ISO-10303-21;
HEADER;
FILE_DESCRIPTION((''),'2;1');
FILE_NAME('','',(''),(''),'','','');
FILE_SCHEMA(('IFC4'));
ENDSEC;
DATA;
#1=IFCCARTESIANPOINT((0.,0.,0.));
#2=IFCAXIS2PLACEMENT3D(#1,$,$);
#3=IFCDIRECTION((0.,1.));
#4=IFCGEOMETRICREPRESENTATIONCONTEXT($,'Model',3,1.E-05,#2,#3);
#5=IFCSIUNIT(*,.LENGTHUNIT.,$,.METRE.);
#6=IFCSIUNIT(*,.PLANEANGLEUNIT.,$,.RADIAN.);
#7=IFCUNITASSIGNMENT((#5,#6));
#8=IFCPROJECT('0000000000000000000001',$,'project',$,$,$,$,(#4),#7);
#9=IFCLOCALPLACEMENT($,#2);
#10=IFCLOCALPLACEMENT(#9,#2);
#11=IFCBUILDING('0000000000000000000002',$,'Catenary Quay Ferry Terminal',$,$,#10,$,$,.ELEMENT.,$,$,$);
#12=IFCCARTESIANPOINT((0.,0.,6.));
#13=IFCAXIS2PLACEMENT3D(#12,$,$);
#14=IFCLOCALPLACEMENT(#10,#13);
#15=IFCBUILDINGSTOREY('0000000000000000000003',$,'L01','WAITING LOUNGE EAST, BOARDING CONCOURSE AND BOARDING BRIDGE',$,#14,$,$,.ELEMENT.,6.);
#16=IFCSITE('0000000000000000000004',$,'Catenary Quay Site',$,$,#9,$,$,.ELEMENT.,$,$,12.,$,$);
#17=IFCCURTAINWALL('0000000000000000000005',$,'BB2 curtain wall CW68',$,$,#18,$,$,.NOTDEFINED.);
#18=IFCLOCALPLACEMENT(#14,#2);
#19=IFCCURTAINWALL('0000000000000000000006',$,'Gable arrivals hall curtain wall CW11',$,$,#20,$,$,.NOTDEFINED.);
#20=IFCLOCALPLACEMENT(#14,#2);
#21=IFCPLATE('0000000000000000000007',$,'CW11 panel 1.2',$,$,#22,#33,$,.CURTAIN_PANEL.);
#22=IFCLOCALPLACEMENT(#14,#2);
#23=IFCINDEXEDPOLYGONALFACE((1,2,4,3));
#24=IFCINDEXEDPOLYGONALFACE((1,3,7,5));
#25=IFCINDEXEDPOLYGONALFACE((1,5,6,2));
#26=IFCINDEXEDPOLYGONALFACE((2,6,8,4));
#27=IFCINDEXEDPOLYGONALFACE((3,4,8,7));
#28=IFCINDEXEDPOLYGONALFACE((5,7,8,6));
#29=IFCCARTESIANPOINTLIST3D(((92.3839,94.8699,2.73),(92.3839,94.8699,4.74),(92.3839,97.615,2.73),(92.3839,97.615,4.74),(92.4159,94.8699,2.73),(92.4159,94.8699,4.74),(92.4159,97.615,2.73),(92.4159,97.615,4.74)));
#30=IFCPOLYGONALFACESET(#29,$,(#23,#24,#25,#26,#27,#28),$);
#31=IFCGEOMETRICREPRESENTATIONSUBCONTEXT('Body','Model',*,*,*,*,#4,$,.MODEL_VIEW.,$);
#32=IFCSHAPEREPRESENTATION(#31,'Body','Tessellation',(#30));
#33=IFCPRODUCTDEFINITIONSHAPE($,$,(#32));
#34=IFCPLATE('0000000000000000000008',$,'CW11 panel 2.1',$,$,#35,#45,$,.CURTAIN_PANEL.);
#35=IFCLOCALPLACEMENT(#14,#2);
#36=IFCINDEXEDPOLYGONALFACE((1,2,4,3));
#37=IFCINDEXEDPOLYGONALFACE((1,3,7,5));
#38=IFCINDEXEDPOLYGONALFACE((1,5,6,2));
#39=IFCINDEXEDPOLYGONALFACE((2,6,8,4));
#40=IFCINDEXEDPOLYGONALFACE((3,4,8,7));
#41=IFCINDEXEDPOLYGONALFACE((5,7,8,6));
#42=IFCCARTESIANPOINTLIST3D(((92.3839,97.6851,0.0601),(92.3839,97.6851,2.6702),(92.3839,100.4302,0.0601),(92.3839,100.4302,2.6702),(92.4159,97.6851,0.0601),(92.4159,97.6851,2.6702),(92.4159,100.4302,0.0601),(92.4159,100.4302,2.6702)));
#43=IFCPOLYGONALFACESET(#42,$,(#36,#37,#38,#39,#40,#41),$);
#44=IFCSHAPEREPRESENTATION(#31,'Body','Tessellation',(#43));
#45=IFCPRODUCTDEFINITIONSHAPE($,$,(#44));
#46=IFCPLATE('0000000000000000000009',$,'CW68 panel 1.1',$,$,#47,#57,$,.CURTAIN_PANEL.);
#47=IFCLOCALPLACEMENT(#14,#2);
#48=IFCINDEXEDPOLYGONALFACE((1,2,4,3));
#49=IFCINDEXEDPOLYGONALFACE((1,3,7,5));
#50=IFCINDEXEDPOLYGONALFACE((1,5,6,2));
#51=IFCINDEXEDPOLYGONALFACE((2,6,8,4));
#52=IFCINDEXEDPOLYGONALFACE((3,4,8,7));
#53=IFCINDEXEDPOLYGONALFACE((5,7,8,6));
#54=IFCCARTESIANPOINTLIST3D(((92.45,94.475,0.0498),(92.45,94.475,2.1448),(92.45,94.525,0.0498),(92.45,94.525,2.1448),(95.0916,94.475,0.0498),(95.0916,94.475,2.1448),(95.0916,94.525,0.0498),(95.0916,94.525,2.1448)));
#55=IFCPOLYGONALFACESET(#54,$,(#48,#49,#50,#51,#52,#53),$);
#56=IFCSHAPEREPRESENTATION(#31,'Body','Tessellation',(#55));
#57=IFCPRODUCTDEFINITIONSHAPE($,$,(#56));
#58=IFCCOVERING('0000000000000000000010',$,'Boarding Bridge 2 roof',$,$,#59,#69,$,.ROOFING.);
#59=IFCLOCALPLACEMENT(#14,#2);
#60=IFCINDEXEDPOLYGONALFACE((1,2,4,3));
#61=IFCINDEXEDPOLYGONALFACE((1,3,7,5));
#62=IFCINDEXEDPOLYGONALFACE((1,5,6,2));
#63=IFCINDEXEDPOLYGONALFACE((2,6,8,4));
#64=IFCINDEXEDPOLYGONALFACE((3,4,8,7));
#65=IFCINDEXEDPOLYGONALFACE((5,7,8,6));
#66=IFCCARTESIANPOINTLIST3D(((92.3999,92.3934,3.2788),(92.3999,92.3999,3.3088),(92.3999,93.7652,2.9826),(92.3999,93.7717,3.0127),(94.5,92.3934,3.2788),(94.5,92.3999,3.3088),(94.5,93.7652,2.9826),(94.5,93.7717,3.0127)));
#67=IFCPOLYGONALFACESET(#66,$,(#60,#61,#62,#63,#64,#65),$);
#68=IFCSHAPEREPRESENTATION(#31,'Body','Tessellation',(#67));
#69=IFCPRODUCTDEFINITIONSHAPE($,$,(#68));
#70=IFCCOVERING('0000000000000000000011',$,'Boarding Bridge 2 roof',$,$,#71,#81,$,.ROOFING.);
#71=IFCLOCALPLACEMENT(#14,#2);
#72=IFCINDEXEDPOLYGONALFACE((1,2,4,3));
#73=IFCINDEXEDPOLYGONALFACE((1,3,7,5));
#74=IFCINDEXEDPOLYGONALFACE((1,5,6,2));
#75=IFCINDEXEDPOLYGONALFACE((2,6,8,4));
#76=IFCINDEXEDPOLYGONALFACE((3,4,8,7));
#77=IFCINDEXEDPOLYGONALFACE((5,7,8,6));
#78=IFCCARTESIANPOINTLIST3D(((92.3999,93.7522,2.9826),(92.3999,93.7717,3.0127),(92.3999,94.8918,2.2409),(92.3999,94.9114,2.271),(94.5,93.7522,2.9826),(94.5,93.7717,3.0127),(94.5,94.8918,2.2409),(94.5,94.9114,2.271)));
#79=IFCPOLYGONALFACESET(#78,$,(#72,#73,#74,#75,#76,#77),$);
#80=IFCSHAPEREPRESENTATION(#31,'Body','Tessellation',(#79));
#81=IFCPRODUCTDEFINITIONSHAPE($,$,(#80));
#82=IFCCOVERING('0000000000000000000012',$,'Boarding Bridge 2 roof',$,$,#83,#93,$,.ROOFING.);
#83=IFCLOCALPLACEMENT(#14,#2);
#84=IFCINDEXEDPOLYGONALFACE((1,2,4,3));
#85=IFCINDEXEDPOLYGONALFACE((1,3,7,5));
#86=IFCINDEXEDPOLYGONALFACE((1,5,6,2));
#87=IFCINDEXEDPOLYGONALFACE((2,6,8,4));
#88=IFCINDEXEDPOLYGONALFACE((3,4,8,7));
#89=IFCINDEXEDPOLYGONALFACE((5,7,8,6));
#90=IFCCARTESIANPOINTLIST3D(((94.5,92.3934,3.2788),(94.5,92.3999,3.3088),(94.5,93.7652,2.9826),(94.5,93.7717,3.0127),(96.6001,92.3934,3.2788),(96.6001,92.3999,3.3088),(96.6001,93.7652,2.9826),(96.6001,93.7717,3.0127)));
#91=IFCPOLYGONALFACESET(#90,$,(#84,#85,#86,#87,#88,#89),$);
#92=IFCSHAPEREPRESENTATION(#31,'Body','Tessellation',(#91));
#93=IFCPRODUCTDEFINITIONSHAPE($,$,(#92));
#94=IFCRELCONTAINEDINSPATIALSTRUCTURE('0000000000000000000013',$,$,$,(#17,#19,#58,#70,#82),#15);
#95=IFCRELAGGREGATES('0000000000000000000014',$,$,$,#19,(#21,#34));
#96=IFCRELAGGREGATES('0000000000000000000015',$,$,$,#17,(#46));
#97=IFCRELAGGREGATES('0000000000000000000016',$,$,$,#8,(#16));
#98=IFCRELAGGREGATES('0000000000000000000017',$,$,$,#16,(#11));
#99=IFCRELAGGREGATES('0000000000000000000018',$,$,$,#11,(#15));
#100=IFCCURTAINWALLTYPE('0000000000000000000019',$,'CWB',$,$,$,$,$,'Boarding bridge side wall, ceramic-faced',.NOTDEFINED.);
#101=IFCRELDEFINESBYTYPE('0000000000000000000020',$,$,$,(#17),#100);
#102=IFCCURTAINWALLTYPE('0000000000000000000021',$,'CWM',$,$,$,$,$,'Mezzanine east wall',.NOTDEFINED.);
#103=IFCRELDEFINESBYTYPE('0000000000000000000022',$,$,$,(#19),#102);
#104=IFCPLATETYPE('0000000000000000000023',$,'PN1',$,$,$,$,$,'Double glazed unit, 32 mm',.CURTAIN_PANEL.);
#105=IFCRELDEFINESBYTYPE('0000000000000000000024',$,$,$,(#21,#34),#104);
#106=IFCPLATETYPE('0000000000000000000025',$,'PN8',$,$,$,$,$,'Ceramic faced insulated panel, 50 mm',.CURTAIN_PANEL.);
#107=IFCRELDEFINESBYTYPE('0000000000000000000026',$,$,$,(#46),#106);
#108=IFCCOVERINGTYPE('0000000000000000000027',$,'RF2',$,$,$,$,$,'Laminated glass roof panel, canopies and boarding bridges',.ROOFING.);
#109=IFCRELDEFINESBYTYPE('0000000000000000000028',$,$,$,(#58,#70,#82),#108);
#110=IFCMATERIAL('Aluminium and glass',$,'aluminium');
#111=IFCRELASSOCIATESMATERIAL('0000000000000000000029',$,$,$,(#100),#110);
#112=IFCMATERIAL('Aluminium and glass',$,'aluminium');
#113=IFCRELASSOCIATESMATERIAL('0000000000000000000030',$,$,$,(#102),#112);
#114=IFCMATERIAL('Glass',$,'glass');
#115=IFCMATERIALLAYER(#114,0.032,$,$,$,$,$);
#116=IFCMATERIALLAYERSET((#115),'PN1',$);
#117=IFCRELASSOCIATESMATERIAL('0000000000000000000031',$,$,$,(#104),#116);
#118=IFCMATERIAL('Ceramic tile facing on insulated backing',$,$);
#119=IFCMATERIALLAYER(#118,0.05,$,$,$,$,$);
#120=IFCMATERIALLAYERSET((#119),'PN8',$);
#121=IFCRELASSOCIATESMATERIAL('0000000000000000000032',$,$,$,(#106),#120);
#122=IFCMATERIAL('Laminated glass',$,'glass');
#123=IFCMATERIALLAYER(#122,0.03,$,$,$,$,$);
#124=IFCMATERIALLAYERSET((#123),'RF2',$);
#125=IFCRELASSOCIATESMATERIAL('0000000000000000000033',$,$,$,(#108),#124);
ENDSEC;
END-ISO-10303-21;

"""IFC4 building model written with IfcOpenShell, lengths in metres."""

from ifc_helpers import new_model, si_unit, direction, frame, origin, origin_2d, place, context, subcontext, project, spatial, polyline, rectangle, outline, extrude, material, layer, layer_set, type_object, element, aggregate, save


model = new_model("IFC4")

# Units and contexts
model_context = context("Model", 3, precision=1e-05, world=origin(), true_north=direction((0.0, 1.0)))
body_context = subcontext(model_context, "Body", "Model", "MODEL_VIEW")
ifc_project = project(units=[si_unit("LENGTHUNIT", "METRE"), si_unit("PLANEANGLEUNIT", "RADIAN")], contexts=[model_context])

# Site, building, storey
site_placement = place(None, origin())
site = spatial("IfcSite", under=ifc_project, at=site_placement, Name="Catenary Quay Site", CompositionType="ELEMENT", RefElevation=12.0)
building_placement = place(site_placement, origin())
building = spatial("IfcBuilding", under=site, at=building_placement, Name="Catenary Quay Ferry Terminal", CompositionType="ELEMENT")
storey_placement = place(building_placement, frame((0.0, 0.0, 6.0)))
storey = spatial("IfcBuildingStorey", under=building, at=storey_placement, Name="L01", Description="WAITING LOUNGE EAST, BOARDING CONCOURSE AND BOARDING BRIDGE", CompositionType="ELEMENT", Elevation=6.0)

# Curtain wall
ifc_material_1 = material(Name="Aluminium and glass", Category="aluminium")
curtain_wall_type_1 = type_object("IfcCurtainWallType", Name="CWB", ElementType="Boarding bridge side wall, ceramic-faced", PredefinedType="NOTDEFINED", material=ifc_material_1)
curtain_wall_1_placement = place(storey_placement, origin())
curtain_wall_1 = element("IfcCurtainWall", 1, at=curtain_wall_1_placement, inside=storey, type_object=curtain_wall_type_1, Name="BB2 curtain wall CW68", PredefinedType="NOTDEFINED")

# Curtain wall
ifc_material_2 = material(Name="Aluminium and glass", Category="aluminium")
curtain_wall_type_2 = type_object("IfcCurtainWallType", Name="CWM", ElementType="Mezzanine east wall", PredefinedType="NOTDEFINED", material=ifc_material_2)
curtain_wall_2_placement = place(storey_placement, origin())
curtain_wall_2 = element("IfcCurtainWall", 2, at=curtain_wall_2_placement, inside=storey, type_object=curtain_wall_type_2, Name="Gable arrivals hall curtain wall CW11", PredefinedType="NOTDEFINED")

# Plates
ifc_material_3 = material(Name="Glass", Category="glass")
ifc_layer_1 = layer(ifc_material_3, 0.032)
ifc_layer_set_1 = layer_set([ifc_layer_1], Name="PN1")
plate_type_1 = type_object("IfcPlateType", Name="PN1", ElementType="Double glazed unit, 32 mm", PredefinedType="CURTAIN_PANEL", material=ifc_layer_set_1)
plate_1_placement = place(storey_placement, frame((92.3999, 96.2424, 2.73), z_axis=(0.0, 0.0, 1.0), x_axis=(0.0, 1.0, 0.0)))
plate_1 = element("IfcPlate", 3, at=plate_1_placement, type_object=plate_type_1, Name="CW11 panel 1.2", PredefinedType="CURTAIN_PANEL", context=body_context, shape_type="SweptSolid", body=[
    extrude(rectangle(XDim=2.7451, YDim=0.032, at=origin_2d()), origin(), (0.0, 0.0, 1.0), 2.01),
])
plate_2_placement = place(storey_placement, frame((92.3999, 99.0576, 0.0601), z_axis=(0.0, 0.0, 1.0), x_axis=(0.0, 1.0, 0.0)))
plate_2 = element("IfcPlate", 4, at=plate_2_placement, type_object=plate_type_1, Name="CW11 panel 2.1", PredefinedType="CURTAIN_PANEL", context=body_context, shape_type="SweptSolid", body=[
    extrude(rectangle(XDim=2.7451, YDim=0.032, at=origin_2d()), origin(), (0.0, 0.0, 1.0), 2.6101),
])
aggregate(curtain_wall_2, [plate_1, plate_2])
ifc_material_4 = material(Name="Ceramic tile facing on insulated backing")
ifc_layer_2 = layer(ifc_material_4, 0.05)
ifc_layer_set_2 = layer_set([ifc_layer_2], Name="PN8")
plate_type_2 = type_object("IfcPlateType", Name="PN8", ElementType="Ceramic faced insulated panel, 50 mm", PredefinedType="CURTAIN_PANEL", material=ifc_layer_set_2)
plate_3_placement = place(storey_placement, frame((93.7708, 94.5, 0.0498), z_axis=(0.0, 0.0, 1.0), x_axis=(1.0, 0.0, 0.0)))
plate_3 = element("IfcPlate", 5, at=plate_3_placement, type_object=plate_type_2, Name="CW68 panel 1.1", PredefinedType="CURTAIN_PANEL", context=body_context, shape_type="SweptSolid", body=[
    extrude(rectangle(XDim=2.6416, YDim=0.05, at=origin_2d()), origin(), (0.0, 0.0, 1.0), 2.095),
])
aggregate(curtain_wall_1, [plate_3])

# Coverings
ifc_material_5 = material(Name="Laminated glass", Category="glass")
ifc_layer_3 = layer(ifc_material_5, 0.03)
ifc_layer_set_3 = layer_set([ifc_layer_3], Name="RF2")
covering_type = type_object("IfcCoveringType", Name="RF2", ElementType="Laminated glass roof panel, canopies and boarding bridges", PredefinedType="ROOFING", material=ifc_layer_set_3)
covering_1_placement = place(storey_placement, frame((92.3999, 92.3999, 3.3088), z_axis=(0.0, 0.211014, 0.977483), x_axis=(1.0, 0.0, 0.0)))
element("IfcCovering", 6, at=covering_1_placement, inside=storey, type_object=covering_type, Name="Boarding Bridge 2 roof", PredefinedType="ROOFING", context=body_context, shape_type="SweptSolid", body=[
    extrude(outline(polyline([(0.0, 0.0), (2.1001, 0.0), (2.1001, 1.4034), (0.0, 1.4034), (0.0, 0.0)])), origin(), (0.0, 0.0, -1.0), 0.0308),
])
covering_2_placement = place(storey_placement, frame((92.3999, 93.7717, 3.0127), z_axis=(0.0, 0.545468, 0.838132), x_axis=(1.0, 0.0, 0.0)))
element("IfcCovering", 7, at=covering_2_placement, inside=storey, type_object=covering_type, Name="Boarding Bridge 2 roof", PredefinedType="ROOFING", context=body_context, shape_type="SweptSolid", body=[
    extrude(outline(polyline([(0.0, 0.0), (2.1001, 0.0), (2.1001, 1.3597), (0.0, 1.3597), (0.0, 0.0)])), origin(), (0.0, 0.0, -1.0), 0.0359),
])
covering_3_placement = place(storey_placement, frame((94.5, 92.3999, 3.3088), z_axis=(0.0, 0.211014, 0.977483), x_axis=(1.0, 0.0, 0.0)))
element("IfcCovering", 8, at=covering_3_placement, inside=storey, type_object=covering_type, Name="Boarding Bridge 2 roof", PredefinedType="ROOFING", context=body_context, shape_type="SweptSolid", body=[
    extrude(outline(polyline([(0.0, 0.0), (2.1001, 0.0), (2.1001, 1.4034), (0.0, 1.4034), (0.0, 0.0)])), origin(), (0.0, 0.0, -1.0), 0.0308),
])

save(model, "model.ifc")
